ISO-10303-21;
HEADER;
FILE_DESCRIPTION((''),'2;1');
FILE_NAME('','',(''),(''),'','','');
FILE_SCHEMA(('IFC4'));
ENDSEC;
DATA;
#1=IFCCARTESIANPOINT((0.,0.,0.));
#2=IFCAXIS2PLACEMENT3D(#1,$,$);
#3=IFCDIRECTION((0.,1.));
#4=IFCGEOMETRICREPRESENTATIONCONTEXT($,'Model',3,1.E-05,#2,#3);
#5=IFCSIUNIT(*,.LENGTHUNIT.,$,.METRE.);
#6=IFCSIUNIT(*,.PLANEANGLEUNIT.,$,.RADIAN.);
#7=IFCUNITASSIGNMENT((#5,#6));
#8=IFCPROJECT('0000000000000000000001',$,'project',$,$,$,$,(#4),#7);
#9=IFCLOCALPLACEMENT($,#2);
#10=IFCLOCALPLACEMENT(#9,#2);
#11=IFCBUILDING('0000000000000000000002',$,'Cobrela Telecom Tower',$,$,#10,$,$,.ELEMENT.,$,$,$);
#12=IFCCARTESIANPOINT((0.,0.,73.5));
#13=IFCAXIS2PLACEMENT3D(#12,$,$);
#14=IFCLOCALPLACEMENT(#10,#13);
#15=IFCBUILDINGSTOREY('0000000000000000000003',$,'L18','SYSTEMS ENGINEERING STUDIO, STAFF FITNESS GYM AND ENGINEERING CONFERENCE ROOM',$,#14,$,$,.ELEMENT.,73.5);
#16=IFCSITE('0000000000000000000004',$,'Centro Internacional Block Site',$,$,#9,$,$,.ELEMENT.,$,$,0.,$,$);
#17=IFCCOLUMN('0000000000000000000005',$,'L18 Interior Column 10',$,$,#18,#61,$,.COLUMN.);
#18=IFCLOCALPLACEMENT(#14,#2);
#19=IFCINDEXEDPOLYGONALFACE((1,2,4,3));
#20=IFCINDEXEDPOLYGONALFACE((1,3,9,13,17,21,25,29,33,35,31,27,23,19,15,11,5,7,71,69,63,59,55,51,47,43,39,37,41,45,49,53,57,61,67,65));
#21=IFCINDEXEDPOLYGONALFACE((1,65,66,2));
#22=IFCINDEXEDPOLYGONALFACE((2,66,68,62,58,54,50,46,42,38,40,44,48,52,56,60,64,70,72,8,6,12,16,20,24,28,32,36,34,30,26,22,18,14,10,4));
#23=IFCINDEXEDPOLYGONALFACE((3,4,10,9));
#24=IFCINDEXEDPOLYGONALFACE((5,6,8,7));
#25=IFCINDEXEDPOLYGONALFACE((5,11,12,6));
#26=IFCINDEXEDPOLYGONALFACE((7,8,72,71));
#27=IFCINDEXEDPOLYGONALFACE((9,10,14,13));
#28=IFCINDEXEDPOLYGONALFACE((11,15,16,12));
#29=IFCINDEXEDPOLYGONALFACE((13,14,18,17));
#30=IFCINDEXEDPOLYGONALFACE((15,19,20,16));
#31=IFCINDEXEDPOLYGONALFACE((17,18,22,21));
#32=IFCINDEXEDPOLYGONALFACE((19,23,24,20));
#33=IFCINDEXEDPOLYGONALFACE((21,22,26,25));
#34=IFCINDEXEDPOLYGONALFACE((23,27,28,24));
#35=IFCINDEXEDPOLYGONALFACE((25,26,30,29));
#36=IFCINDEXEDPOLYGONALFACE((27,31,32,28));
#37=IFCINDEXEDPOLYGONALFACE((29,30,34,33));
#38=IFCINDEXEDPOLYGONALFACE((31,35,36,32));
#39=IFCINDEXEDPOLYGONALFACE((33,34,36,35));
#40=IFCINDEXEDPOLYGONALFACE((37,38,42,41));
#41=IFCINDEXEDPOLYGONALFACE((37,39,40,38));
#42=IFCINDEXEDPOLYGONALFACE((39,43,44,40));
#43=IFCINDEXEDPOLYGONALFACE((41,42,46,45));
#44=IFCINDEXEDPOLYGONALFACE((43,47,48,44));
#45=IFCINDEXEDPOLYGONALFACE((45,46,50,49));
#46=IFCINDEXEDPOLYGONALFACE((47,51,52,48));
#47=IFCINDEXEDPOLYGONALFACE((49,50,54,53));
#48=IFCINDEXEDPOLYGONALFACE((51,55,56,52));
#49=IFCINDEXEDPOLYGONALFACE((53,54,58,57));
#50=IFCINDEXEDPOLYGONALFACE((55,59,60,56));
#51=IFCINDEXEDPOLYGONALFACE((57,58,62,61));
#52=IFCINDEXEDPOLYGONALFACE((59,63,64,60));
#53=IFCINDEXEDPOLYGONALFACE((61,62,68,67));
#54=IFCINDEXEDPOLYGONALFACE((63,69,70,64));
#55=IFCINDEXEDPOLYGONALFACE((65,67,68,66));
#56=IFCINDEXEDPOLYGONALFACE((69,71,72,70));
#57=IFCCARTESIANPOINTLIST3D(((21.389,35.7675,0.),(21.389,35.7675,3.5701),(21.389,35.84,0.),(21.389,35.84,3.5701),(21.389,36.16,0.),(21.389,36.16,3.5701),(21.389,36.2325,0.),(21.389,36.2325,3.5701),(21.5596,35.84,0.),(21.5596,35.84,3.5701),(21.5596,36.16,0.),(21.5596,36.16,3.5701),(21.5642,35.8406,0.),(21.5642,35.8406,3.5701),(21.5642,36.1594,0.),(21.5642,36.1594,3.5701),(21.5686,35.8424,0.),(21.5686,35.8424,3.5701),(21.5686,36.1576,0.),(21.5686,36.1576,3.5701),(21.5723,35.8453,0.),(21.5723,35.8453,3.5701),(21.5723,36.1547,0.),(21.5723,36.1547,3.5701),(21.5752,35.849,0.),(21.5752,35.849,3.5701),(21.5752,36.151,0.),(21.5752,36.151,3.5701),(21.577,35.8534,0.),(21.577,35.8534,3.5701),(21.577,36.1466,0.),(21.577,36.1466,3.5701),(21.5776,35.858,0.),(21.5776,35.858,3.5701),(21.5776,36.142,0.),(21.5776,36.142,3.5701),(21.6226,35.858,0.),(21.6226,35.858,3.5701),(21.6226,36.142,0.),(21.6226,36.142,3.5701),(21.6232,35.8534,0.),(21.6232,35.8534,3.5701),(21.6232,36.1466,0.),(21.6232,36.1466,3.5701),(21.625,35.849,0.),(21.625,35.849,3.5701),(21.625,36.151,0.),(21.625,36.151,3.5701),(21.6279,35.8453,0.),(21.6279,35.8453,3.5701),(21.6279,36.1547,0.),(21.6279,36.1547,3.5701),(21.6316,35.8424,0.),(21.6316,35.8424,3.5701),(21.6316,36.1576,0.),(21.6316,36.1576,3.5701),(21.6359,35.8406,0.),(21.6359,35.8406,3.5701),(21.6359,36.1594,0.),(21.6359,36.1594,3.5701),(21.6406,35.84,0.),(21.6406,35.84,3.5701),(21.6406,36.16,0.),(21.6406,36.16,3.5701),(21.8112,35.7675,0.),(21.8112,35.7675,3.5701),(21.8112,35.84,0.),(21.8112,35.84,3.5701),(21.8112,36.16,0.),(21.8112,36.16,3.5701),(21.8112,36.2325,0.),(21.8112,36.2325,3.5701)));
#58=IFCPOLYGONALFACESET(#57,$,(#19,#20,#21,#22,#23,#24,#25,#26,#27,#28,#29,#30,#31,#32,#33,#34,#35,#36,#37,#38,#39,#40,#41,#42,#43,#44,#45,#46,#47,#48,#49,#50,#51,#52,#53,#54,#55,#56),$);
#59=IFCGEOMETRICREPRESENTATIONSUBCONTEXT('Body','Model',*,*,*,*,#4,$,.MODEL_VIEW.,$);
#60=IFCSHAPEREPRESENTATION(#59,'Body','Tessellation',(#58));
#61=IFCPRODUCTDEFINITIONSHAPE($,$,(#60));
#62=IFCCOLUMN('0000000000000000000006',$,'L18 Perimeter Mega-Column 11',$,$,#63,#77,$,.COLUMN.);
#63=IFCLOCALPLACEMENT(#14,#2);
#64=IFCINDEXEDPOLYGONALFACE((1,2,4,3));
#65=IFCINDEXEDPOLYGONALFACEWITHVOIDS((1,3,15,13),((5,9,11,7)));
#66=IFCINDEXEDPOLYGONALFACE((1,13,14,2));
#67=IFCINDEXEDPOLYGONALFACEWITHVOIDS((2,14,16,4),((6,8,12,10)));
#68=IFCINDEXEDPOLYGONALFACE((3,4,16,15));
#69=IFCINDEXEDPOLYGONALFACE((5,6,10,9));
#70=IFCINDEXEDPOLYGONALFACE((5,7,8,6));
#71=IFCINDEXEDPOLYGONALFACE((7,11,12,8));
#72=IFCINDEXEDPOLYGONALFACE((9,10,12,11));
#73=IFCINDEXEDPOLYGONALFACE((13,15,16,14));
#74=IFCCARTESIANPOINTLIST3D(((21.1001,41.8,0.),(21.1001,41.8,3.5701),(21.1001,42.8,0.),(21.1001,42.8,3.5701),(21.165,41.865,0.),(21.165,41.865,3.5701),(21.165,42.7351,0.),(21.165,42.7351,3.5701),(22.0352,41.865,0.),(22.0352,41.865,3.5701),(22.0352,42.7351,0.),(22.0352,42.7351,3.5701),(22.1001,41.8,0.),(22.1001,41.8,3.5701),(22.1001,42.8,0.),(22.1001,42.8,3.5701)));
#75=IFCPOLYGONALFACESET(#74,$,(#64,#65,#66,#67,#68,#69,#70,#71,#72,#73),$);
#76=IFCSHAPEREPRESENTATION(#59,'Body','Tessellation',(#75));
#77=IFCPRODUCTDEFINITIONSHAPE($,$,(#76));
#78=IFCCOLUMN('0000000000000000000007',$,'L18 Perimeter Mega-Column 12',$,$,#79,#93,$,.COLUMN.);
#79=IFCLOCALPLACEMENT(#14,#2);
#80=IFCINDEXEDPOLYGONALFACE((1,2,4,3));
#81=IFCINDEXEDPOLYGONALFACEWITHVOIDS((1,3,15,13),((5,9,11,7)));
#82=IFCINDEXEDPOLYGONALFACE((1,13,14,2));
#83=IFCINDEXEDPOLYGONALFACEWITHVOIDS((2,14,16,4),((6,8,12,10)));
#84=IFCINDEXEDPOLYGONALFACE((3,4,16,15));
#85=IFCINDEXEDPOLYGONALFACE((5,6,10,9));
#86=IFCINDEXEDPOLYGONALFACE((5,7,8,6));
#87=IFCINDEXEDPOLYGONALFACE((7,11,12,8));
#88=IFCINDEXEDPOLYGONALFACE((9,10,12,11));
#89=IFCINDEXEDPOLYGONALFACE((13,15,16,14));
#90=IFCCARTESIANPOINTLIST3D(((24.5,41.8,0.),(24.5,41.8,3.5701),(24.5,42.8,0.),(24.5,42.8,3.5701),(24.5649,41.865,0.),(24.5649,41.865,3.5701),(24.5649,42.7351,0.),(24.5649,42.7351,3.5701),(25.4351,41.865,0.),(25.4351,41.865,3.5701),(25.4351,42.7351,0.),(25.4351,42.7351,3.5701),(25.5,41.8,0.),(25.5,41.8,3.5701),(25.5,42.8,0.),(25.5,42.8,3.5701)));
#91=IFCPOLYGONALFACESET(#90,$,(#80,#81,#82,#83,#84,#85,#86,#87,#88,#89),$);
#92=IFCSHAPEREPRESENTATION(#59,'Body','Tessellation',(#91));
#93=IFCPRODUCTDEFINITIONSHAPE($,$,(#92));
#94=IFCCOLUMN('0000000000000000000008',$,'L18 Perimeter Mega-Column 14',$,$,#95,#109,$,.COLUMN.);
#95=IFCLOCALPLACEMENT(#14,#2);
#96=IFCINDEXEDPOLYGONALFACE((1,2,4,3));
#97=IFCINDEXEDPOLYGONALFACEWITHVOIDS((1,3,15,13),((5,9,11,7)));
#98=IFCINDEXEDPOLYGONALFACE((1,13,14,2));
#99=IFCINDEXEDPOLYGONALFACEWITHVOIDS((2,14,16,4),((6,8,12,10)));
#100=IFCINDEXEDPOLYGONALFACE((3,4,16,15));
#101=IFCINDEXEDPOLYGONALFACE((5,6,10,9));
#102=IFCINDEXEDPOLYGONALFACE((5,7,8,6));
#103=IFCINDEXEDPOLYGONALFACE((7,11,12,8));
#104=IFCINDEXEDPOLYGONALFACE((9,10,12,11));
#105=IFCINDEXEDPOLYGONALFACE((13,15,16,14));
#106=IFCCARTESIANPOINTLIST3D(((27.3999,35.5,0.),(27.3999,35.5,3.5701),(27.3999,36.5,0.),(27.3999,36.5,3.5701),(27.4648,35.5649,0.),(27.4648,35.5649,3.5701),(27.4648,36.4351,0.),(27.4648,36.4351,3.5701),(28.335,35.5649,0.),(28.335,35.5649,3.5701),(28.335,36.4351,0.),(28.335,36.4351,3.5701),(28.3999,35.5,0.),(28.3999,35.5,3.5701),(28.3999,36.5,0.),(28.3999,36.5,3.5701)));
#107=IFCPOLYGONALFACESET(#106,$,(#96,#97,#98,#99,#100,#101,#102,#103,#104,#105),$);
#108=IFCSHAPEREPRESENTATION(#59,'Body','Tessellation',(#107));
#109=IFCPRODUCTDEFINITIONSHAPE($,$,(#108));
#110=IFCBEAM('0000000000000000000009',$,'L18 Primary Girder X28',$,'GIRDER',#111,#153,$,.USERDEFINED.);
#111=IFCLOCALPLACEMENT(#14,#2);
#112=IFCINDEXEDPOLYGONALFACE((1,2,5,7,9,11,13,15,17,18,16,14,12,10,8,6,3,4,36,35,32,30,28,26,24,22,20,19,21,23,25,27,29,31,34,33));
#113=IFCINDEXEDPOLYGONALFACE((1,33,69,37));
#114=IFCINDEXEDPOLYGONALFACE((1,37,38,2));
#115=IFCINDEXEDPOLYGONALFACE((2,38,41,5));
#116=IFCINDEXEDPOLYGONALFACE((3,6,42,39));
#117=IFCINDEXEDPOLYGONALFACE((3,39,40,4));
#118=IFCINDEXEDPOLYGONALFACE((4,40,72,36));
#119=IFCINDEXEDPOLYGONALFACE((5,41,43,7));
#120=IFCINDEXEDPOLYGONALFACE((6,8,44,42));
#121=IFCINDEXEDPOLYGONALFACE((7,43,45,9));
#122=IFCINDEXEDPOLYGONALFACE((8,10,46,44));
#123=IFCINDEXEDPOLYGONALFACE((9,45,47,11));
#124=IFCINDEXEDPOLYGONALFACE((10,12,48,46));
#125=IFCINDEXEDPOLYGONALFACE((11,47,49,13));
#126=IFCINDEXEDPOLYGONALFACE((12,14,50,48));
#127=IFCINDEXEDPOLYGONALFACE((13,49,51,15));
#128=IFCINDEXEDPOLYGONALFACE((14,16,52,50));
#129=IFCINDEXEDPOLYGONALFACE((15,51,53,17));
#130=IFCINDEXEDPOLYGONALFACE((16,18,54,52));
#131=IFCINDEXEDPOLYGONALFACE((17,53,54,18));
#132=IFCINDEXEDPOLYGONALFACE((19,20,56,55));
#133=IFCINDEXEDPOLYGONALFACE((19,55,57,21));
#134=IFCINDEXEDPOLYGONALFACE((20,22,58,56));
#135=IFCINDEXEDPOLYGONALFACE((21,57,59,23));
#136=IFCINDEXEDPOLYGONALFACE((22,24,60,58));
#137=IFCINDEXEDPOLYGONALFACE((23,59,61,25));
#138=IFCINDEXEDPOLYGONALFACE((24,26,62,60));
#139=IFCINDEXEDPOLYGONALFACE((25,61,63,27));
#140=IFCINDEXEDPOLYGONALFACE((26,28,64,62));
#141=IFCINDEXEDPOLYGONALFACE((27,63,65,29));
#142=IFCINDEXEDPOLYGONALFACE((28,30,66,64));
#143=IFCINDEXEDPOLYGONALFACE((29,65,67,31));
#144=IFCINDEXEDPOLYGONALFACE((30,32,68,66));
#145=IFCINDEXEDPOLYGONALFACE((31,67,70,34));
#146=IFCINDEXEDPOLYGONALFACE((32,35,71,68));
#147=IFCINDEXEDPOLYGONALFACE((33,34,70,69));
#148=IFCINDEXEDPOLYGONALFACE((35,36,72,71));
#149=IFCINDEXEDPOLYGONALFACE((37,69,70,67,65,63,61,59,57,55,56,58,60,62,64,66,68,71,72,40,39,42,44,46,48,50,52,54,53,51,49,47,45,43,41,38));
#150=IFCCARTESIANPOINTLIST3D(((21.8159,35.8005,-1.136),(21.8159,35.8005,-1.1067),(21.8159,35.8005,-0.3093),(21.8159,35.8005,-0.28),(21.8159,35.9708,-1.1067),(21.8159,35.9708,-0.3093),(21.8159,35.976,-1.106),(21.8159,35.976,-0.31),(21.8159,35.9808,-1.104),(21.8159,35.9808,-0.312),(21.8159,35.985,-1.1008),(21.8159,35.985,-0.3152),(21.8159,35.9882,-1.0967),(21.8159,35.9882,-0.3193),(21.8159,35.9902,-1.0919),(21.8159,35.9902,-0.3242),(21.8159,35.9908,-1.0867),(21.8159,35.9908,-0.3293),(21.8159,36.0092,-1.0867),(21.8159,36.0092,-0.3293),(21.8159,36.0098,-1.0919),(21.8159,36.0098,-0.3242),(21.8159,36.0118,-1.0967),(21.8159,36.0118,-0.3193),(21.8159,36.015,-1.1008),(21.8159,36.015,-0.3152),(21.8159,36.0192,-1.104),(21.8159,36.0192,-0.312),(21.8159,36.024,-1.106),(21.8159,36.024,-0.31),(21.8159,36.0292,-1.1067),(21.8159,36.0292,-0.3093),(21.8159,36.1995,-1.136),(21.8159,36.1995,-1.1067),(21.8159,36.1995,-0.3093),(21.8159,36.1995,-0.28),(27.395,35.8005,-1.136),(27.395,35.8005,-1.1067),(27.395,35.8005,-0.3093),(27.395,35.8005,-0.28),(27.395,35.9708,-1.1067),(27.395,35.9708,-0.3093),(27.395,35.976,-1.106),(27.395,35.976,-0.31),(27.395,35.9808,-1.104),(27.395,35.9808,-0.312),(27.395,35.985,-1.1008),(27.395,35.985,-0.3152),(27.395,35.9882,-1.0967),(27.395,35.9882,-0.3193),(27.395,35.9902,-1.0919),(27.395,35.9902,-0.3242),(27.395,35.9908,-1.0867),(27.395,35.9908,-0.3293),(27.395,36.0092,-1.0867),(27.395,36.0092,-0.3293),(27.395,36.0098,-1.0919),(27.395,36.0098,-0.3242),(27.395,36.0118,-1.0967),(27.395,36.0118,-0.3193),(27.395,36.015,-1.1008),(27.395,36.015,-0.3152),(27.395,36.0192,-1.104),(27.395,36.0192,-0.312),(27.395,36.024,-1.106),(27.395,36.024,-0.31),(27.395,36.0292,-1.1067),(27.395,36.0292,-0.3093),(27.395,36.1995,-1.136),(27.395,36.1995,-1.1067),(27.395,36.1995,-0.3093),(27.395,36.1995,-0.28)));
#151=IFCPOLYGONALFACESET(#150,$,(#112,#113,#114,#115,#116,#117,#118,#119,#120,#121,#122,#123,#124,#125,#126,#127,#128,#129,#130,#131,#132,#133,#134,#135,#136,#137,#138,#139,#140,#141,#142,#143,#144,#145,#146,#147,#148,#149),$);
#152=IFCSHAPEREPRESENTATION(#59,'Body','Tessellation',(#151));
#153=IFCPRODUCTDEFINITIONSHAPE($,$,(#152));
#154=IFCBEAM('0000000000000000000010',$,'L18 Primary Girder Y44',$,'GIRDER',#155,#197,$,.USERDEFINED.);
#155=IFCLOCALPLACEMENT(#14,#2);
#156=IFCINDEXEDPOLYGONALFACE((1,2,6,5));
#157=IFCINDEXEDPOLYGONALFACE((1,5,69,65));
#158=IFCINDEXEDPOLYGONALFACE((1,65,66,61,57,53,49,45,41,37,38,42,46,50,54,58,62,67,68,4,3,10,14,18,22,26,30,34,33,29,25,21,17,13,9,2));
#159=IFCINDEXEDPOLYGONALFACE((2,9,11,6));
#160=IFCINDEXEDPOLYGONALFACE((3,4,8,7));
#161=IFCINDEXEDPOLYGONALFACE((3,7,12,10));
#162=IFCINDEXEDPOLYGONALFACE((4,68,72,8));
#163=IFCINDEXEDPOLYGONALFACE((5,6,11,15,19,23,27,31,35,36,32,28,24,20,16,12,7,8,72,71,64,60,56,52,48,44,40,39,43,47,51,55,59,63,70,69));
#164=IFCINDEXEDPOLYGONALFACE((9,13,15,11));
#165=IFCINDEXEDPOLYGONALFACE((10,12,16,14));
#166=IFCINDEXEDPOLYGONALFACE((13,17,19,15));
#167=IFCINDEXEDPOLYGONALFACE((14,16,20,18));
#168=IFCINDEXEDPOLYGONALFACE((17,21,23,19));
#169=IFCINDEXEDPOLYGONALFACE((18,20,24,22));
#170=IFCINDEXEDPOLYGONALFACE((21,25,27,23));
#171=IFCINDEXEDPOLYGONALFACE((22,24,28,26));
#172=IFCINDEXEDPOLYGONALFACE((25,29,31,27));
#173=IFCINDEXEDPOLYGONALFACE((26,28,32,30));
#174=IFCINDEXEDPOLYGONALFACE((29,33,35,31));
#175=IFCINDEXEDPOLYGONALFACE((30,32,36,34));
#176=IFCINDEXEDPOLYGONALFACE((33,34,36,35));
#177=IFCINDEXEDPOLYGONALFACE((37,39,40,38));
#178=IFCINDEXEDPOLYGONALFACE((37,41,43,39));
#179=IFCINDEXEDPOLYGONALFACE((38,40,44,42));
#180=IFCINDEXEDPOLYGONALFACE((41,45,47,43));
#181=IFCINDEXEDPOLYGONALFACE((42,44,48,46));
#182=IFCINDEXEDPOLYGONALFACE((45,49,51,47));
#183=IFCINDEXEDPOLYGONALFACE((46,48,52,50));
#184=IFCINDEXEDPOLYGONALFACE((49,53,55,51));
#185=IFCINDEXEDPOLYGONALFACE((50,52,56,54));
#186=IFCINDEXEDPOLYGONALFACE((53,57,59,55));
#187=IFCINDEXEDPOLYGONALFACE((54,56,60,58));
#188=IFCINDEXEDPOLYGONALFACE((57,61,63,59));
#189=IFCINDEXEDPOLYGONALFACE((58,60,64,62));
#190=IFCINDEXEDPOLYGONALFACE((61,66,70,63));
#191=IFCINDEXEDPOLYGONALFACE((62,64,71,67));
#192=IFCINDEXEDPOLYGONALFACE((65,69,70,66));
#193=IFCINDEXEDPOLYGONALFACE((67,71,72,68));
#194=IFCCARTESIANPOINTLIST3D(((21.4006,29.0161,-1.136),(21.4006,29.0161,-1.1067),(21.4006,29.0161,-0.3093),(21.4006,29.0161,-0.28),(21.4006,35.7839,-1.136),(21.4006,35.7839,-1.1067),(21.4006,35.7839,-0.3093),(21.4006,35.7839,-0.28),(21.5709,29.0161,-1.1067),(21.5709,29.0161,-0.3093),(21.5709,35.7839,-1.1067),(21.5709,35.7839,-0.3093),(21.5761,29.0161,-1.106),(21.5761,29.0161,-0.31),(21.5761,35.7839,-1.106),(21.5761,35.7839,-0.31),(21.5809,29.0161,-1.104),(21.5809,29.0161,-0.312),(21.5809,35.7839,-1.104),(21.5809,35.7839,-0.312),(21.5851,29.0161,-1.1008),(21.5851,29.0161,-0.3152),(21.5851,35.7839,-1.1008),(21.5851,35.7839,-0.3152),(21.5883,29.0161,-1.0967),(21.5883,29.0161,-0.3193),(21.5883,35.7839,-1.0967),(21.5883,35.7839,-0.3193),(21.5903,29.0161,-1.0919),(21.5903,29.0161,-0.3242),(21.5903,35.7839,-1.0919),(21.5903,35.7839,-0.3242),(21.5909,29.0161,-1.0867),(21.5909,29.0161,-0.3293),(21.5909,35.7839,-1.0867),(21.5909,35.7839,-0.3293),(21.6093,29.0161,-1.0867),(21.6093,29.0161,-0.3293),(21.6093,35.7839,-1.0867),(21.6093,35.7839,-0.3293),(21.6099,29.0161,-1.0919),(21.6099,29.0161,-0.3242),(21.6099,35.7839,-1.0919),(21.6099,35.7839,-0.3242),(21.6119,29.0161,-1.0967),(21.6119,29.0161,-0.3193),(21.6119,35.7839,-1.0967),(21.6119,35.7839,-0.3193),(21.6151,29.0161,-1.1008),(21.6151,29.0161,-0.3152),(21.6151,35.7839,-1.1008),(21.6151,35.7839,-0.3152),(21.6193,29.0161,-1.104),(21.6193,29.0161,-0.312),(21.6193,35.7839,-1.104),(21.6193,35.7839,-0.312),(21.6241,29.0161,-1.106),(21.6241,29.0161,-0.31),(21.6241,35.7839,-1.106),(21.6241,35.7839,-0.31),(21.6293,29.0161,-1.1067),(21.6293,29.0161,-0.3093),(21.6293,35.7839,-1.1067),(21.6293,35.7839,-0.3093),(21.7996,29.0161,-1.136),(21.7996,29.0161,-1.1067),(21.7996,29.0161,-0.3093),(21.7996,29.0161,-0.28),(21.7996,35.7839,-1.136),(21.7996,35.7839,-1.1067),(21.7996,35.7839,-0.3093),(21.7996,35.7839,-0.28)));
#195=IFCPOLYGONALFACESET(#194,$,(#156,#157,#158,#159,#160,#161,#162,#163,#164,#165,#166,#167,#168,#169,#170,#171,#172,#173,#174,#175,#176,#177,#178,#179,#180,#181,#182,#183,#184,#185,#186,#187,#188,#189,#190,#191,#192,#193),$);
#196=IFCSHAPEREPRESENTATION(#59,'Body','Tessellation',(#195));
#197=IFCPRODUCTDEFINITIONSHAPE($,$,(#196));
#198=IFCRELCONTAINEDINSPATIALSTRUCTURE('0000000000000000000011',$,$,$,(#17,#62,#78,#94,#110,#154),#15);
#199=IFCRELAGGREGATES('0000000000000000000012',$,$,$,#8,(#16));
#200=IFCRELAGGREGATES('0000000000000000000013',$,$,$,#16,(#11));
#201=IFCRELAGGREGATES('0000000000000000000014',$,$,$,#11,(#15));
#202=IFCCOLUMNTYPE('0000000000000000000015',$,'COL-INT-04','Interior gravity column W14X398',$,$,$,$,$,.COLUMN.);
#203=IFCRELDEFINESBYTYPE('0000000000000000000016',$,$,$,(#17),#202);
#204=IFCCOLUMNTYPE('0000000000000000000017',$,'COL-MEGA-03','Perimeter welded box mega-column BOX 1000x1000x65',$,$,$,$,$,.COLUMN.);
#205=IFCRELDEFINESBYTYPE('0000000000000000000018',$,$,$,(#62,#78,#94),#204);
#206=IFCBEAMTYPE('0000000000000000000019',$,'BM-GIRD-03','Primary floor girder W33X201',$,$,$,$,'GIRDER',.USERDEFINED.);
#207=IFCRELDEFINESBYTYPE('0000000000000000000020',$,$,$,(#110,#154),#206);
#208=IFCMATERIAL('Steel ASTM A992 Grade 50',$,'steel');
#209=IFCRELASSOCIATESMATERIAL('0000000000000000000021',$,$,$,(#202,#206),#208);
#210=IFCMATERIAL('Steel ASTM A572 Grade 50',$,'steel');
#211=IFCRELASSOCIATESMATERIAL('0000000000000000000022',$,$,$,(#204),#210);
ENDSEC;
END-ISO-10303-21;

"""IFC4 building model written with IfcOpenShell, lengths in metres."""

from ifc_helpers import new_model, si_unit, direction, frame, origin, origin_2d, place, context, subcontext, project, spatial, hollow_rectangle, i_section, extrude, material, material_profile, profile_set, type_object, element, save


model = new_model("IFC4")

# Units and contexts
model_context = context("Model", 3, precision=1e-05, world=origin(), true_north=direction((0.0, 1.0)))
body_context = subcontext(model_context, "Body", "Model", "MODEL_VIEW")
ifc_project = project(units=[si_unit("LENGTHUNIT", "METRE"), si_unit("PLANEANGLEUNIT", "RADIAN")], contexts=[model_context])

# Site, building, storey
site_placement = place(None, origin())
site = spatial("IfcSite", under=ifc_project, at=site_placement, Name="Centro Internacional Block Site", CompositionType="ELEMENT", RefElevation=0.0)
building_placement = place(site_placement, origin())
building = spatial("IfcBuilding", under=site, at=building_placement, Name="Cobrela Telecom Tower", CompositionType="ELEMENT")
storey_placement = place(building_placement, frame((0.0, 0.0, 73.5)))
storey = spatial("IfcBuildingStorey", under=building, at=storey_placement, Name="L18", Description="SYSTEMS ENGINEERING STUDIO, STAFF FITNESS GYM AND ENGINEERING CONFERENCE ROOM", CompositionType="ELEMENT", Elevation=73.5)

# Columns
ifc_material_1 = material(Name="Steel ASTM A992 Grade 50", Category="steel")
ifc_material_profile_1 = material_profile(ifc_material_1, i_section(OverallWidth=0.4221, OverallDepth=0.4651, WebThickness=0.0449, FlangeThickness=0.0725, FilletRadius=0.0181, at=origin_2d()), Name="W14X398")
ifc_profile_set_1 = profile_set([ifc_material_profile_1], Name="Steel ASTM A992 Grade 50")
column_type_1 = type_object("IfcColumnType", Name="COL-INT-04", Description="Interior gravity column W14X398", PredefinedType="COLUMN", material=ifc_profile_set_1)
column_placement = place(storey_placement, frame((21.6001, 36.0, 0.0), z_axis=(0.0, 0.0, 1.0), x_axis=(1.0, 0.0, 0.0)))
element("IfcColumn", 1, at=column_placement, inside=storey, type_object=column_type_1, Name="L18 Interior Column 10", PredefinedType="COLUMN", context=body_context, shape_type="SweptSolid", body=[
    extrude(i_section(OverallWidth=0.4221, OverallDepth=0.4651, WebThickness=0.0449, FlangeThickness=0.0725, FilletRadius=0.0181, at=origin_2d()), origin(), (0.0, 0.0, 1.0), 3.5701),
])
ifc_material_2 = material(Name="Steel ASTM A572 Grade 50", Category="steel")
ifc_material_profile_2 = material_profile(ifc_material_2, hollow_rectangle(XDim=1.0, YDim=1.0, WallThickness=0.0649, at=origin_2d()), Name="BOX 1000x1000x65")
ifc_profile_set_2 = profile_set([ifc_material_profile_2], Name="Steel ASTM A572 Grade 50")
column_type_2 = type_object("IfcColumnType", Name="COL-MEGA-03", Description="Perimeter welded box mega-column BOX 1000x1000x65", PredefinedType="COLUMN", material=ifc_profile_set_2)
for number, where, z_axis, x_axis, name in (
    (2, (21.6001, 42.3, 0.0), (0.0, 0.0, 1.0), (1.0, 0.0, 0.0), "L18 Perimeter Mega-Column 11"),
    (3, (25.0, 42.3, 0.0), (0.0, 0.0, 1.0), (1.0, 0.0, 0.0), "L18 Perimeter Mega-Column 12"),
    (4, (27.8999, 36.0, 0.0), (0.0, 0.0, 1.0), (1.0, 0.0, 0.0), "L18 Perimeter Mega-Column 14"),
):
    element("IfcColumn", number, at=place(storey_placement, frame(where, z_axis=z_axis, x_axis=x_axis)), inside=storey, type_object=column_type_2, Name=name, PredefinedType="COLUMN", context=body_context, shape_type="SweptSolid", body=[
        extrude(hollow_rectangle(XDim=1.0, YDim=1.0, WallThickness=0.0649, at=origin_2d()), origin(), (0.0, 0.0, 1.0), 3.5701),
    ])

# Beams
ifc_material_profile_3 = material_profile(ifc_material_1, i_section(OverallWidth=0.3989, OverallDepth=0.856, WebThickness=0.0183, FlangeThickness=0.0293, FilletRadius=0.02, at=origin_2d()), Name="W33X201")
ifc_profile_set_3 = profile_set([ifc_material_profile_3], Name="Steel ASTM A992 Grade 50")
beam_type_1 = type_object("IfcBeamType", Name="BM-GIRD-03", Description="Primary floor girder W33X201", ElementType="GIRDER", PredefinedType="USERDEFINED", material=ifc_profile_set_3)
beam_1_placement = place(storey_placement, frame((21.8159, 36.0, -0.708), z_axis=(1.0, 0.0, 0.0), x_axis=(0.0, 1.0, 0.0)))
element("IfcBeam", 5, at=beam_1_placement, inside=storey, type_object=beam_type_1, Name="L18 Primary Girder X28", ObjectType="GIRDER", PredefinedType="USERDEFINED", context=body_context, shape_type="SweptSolid", body=[
    extrude(i_section(OverallWidth=0.3989, OverallDepth=0.856, WebThickness=0.0183, FlangeThickness=0.0293, FilletRadius=0.02, at=origin_2d()), origin(), (0.0, 0.0, 1.0), 5.5791),
])
beam_2_placement = place(storey_placement, frame((21.6001, 29.0161, -0.708), z_axis=(0.0, 1.0, 0.0), x_axis=(-1.0, 0.0, 0.0)))
element("IfcBeam", 6, at=beam_2_placement, inside=storey, type_object=beam_type_1, Name="L18 Primary Girder Y44", ObjectType="GIRDER", PredefinedType="USERDEFINED", context=body_context, shape_type="SweptSolid", body=[
    extrude(i_section(OverallWidth=0.3989, OverallDepth=0.856, WebThickness=0.0183, FlangeThickness=0.0293, FilletRadius=0.02, at=origin_2d()), origin(), (0.0, 0.0, 1.0), 6.7678),
])

save(model, "model.ifc")
